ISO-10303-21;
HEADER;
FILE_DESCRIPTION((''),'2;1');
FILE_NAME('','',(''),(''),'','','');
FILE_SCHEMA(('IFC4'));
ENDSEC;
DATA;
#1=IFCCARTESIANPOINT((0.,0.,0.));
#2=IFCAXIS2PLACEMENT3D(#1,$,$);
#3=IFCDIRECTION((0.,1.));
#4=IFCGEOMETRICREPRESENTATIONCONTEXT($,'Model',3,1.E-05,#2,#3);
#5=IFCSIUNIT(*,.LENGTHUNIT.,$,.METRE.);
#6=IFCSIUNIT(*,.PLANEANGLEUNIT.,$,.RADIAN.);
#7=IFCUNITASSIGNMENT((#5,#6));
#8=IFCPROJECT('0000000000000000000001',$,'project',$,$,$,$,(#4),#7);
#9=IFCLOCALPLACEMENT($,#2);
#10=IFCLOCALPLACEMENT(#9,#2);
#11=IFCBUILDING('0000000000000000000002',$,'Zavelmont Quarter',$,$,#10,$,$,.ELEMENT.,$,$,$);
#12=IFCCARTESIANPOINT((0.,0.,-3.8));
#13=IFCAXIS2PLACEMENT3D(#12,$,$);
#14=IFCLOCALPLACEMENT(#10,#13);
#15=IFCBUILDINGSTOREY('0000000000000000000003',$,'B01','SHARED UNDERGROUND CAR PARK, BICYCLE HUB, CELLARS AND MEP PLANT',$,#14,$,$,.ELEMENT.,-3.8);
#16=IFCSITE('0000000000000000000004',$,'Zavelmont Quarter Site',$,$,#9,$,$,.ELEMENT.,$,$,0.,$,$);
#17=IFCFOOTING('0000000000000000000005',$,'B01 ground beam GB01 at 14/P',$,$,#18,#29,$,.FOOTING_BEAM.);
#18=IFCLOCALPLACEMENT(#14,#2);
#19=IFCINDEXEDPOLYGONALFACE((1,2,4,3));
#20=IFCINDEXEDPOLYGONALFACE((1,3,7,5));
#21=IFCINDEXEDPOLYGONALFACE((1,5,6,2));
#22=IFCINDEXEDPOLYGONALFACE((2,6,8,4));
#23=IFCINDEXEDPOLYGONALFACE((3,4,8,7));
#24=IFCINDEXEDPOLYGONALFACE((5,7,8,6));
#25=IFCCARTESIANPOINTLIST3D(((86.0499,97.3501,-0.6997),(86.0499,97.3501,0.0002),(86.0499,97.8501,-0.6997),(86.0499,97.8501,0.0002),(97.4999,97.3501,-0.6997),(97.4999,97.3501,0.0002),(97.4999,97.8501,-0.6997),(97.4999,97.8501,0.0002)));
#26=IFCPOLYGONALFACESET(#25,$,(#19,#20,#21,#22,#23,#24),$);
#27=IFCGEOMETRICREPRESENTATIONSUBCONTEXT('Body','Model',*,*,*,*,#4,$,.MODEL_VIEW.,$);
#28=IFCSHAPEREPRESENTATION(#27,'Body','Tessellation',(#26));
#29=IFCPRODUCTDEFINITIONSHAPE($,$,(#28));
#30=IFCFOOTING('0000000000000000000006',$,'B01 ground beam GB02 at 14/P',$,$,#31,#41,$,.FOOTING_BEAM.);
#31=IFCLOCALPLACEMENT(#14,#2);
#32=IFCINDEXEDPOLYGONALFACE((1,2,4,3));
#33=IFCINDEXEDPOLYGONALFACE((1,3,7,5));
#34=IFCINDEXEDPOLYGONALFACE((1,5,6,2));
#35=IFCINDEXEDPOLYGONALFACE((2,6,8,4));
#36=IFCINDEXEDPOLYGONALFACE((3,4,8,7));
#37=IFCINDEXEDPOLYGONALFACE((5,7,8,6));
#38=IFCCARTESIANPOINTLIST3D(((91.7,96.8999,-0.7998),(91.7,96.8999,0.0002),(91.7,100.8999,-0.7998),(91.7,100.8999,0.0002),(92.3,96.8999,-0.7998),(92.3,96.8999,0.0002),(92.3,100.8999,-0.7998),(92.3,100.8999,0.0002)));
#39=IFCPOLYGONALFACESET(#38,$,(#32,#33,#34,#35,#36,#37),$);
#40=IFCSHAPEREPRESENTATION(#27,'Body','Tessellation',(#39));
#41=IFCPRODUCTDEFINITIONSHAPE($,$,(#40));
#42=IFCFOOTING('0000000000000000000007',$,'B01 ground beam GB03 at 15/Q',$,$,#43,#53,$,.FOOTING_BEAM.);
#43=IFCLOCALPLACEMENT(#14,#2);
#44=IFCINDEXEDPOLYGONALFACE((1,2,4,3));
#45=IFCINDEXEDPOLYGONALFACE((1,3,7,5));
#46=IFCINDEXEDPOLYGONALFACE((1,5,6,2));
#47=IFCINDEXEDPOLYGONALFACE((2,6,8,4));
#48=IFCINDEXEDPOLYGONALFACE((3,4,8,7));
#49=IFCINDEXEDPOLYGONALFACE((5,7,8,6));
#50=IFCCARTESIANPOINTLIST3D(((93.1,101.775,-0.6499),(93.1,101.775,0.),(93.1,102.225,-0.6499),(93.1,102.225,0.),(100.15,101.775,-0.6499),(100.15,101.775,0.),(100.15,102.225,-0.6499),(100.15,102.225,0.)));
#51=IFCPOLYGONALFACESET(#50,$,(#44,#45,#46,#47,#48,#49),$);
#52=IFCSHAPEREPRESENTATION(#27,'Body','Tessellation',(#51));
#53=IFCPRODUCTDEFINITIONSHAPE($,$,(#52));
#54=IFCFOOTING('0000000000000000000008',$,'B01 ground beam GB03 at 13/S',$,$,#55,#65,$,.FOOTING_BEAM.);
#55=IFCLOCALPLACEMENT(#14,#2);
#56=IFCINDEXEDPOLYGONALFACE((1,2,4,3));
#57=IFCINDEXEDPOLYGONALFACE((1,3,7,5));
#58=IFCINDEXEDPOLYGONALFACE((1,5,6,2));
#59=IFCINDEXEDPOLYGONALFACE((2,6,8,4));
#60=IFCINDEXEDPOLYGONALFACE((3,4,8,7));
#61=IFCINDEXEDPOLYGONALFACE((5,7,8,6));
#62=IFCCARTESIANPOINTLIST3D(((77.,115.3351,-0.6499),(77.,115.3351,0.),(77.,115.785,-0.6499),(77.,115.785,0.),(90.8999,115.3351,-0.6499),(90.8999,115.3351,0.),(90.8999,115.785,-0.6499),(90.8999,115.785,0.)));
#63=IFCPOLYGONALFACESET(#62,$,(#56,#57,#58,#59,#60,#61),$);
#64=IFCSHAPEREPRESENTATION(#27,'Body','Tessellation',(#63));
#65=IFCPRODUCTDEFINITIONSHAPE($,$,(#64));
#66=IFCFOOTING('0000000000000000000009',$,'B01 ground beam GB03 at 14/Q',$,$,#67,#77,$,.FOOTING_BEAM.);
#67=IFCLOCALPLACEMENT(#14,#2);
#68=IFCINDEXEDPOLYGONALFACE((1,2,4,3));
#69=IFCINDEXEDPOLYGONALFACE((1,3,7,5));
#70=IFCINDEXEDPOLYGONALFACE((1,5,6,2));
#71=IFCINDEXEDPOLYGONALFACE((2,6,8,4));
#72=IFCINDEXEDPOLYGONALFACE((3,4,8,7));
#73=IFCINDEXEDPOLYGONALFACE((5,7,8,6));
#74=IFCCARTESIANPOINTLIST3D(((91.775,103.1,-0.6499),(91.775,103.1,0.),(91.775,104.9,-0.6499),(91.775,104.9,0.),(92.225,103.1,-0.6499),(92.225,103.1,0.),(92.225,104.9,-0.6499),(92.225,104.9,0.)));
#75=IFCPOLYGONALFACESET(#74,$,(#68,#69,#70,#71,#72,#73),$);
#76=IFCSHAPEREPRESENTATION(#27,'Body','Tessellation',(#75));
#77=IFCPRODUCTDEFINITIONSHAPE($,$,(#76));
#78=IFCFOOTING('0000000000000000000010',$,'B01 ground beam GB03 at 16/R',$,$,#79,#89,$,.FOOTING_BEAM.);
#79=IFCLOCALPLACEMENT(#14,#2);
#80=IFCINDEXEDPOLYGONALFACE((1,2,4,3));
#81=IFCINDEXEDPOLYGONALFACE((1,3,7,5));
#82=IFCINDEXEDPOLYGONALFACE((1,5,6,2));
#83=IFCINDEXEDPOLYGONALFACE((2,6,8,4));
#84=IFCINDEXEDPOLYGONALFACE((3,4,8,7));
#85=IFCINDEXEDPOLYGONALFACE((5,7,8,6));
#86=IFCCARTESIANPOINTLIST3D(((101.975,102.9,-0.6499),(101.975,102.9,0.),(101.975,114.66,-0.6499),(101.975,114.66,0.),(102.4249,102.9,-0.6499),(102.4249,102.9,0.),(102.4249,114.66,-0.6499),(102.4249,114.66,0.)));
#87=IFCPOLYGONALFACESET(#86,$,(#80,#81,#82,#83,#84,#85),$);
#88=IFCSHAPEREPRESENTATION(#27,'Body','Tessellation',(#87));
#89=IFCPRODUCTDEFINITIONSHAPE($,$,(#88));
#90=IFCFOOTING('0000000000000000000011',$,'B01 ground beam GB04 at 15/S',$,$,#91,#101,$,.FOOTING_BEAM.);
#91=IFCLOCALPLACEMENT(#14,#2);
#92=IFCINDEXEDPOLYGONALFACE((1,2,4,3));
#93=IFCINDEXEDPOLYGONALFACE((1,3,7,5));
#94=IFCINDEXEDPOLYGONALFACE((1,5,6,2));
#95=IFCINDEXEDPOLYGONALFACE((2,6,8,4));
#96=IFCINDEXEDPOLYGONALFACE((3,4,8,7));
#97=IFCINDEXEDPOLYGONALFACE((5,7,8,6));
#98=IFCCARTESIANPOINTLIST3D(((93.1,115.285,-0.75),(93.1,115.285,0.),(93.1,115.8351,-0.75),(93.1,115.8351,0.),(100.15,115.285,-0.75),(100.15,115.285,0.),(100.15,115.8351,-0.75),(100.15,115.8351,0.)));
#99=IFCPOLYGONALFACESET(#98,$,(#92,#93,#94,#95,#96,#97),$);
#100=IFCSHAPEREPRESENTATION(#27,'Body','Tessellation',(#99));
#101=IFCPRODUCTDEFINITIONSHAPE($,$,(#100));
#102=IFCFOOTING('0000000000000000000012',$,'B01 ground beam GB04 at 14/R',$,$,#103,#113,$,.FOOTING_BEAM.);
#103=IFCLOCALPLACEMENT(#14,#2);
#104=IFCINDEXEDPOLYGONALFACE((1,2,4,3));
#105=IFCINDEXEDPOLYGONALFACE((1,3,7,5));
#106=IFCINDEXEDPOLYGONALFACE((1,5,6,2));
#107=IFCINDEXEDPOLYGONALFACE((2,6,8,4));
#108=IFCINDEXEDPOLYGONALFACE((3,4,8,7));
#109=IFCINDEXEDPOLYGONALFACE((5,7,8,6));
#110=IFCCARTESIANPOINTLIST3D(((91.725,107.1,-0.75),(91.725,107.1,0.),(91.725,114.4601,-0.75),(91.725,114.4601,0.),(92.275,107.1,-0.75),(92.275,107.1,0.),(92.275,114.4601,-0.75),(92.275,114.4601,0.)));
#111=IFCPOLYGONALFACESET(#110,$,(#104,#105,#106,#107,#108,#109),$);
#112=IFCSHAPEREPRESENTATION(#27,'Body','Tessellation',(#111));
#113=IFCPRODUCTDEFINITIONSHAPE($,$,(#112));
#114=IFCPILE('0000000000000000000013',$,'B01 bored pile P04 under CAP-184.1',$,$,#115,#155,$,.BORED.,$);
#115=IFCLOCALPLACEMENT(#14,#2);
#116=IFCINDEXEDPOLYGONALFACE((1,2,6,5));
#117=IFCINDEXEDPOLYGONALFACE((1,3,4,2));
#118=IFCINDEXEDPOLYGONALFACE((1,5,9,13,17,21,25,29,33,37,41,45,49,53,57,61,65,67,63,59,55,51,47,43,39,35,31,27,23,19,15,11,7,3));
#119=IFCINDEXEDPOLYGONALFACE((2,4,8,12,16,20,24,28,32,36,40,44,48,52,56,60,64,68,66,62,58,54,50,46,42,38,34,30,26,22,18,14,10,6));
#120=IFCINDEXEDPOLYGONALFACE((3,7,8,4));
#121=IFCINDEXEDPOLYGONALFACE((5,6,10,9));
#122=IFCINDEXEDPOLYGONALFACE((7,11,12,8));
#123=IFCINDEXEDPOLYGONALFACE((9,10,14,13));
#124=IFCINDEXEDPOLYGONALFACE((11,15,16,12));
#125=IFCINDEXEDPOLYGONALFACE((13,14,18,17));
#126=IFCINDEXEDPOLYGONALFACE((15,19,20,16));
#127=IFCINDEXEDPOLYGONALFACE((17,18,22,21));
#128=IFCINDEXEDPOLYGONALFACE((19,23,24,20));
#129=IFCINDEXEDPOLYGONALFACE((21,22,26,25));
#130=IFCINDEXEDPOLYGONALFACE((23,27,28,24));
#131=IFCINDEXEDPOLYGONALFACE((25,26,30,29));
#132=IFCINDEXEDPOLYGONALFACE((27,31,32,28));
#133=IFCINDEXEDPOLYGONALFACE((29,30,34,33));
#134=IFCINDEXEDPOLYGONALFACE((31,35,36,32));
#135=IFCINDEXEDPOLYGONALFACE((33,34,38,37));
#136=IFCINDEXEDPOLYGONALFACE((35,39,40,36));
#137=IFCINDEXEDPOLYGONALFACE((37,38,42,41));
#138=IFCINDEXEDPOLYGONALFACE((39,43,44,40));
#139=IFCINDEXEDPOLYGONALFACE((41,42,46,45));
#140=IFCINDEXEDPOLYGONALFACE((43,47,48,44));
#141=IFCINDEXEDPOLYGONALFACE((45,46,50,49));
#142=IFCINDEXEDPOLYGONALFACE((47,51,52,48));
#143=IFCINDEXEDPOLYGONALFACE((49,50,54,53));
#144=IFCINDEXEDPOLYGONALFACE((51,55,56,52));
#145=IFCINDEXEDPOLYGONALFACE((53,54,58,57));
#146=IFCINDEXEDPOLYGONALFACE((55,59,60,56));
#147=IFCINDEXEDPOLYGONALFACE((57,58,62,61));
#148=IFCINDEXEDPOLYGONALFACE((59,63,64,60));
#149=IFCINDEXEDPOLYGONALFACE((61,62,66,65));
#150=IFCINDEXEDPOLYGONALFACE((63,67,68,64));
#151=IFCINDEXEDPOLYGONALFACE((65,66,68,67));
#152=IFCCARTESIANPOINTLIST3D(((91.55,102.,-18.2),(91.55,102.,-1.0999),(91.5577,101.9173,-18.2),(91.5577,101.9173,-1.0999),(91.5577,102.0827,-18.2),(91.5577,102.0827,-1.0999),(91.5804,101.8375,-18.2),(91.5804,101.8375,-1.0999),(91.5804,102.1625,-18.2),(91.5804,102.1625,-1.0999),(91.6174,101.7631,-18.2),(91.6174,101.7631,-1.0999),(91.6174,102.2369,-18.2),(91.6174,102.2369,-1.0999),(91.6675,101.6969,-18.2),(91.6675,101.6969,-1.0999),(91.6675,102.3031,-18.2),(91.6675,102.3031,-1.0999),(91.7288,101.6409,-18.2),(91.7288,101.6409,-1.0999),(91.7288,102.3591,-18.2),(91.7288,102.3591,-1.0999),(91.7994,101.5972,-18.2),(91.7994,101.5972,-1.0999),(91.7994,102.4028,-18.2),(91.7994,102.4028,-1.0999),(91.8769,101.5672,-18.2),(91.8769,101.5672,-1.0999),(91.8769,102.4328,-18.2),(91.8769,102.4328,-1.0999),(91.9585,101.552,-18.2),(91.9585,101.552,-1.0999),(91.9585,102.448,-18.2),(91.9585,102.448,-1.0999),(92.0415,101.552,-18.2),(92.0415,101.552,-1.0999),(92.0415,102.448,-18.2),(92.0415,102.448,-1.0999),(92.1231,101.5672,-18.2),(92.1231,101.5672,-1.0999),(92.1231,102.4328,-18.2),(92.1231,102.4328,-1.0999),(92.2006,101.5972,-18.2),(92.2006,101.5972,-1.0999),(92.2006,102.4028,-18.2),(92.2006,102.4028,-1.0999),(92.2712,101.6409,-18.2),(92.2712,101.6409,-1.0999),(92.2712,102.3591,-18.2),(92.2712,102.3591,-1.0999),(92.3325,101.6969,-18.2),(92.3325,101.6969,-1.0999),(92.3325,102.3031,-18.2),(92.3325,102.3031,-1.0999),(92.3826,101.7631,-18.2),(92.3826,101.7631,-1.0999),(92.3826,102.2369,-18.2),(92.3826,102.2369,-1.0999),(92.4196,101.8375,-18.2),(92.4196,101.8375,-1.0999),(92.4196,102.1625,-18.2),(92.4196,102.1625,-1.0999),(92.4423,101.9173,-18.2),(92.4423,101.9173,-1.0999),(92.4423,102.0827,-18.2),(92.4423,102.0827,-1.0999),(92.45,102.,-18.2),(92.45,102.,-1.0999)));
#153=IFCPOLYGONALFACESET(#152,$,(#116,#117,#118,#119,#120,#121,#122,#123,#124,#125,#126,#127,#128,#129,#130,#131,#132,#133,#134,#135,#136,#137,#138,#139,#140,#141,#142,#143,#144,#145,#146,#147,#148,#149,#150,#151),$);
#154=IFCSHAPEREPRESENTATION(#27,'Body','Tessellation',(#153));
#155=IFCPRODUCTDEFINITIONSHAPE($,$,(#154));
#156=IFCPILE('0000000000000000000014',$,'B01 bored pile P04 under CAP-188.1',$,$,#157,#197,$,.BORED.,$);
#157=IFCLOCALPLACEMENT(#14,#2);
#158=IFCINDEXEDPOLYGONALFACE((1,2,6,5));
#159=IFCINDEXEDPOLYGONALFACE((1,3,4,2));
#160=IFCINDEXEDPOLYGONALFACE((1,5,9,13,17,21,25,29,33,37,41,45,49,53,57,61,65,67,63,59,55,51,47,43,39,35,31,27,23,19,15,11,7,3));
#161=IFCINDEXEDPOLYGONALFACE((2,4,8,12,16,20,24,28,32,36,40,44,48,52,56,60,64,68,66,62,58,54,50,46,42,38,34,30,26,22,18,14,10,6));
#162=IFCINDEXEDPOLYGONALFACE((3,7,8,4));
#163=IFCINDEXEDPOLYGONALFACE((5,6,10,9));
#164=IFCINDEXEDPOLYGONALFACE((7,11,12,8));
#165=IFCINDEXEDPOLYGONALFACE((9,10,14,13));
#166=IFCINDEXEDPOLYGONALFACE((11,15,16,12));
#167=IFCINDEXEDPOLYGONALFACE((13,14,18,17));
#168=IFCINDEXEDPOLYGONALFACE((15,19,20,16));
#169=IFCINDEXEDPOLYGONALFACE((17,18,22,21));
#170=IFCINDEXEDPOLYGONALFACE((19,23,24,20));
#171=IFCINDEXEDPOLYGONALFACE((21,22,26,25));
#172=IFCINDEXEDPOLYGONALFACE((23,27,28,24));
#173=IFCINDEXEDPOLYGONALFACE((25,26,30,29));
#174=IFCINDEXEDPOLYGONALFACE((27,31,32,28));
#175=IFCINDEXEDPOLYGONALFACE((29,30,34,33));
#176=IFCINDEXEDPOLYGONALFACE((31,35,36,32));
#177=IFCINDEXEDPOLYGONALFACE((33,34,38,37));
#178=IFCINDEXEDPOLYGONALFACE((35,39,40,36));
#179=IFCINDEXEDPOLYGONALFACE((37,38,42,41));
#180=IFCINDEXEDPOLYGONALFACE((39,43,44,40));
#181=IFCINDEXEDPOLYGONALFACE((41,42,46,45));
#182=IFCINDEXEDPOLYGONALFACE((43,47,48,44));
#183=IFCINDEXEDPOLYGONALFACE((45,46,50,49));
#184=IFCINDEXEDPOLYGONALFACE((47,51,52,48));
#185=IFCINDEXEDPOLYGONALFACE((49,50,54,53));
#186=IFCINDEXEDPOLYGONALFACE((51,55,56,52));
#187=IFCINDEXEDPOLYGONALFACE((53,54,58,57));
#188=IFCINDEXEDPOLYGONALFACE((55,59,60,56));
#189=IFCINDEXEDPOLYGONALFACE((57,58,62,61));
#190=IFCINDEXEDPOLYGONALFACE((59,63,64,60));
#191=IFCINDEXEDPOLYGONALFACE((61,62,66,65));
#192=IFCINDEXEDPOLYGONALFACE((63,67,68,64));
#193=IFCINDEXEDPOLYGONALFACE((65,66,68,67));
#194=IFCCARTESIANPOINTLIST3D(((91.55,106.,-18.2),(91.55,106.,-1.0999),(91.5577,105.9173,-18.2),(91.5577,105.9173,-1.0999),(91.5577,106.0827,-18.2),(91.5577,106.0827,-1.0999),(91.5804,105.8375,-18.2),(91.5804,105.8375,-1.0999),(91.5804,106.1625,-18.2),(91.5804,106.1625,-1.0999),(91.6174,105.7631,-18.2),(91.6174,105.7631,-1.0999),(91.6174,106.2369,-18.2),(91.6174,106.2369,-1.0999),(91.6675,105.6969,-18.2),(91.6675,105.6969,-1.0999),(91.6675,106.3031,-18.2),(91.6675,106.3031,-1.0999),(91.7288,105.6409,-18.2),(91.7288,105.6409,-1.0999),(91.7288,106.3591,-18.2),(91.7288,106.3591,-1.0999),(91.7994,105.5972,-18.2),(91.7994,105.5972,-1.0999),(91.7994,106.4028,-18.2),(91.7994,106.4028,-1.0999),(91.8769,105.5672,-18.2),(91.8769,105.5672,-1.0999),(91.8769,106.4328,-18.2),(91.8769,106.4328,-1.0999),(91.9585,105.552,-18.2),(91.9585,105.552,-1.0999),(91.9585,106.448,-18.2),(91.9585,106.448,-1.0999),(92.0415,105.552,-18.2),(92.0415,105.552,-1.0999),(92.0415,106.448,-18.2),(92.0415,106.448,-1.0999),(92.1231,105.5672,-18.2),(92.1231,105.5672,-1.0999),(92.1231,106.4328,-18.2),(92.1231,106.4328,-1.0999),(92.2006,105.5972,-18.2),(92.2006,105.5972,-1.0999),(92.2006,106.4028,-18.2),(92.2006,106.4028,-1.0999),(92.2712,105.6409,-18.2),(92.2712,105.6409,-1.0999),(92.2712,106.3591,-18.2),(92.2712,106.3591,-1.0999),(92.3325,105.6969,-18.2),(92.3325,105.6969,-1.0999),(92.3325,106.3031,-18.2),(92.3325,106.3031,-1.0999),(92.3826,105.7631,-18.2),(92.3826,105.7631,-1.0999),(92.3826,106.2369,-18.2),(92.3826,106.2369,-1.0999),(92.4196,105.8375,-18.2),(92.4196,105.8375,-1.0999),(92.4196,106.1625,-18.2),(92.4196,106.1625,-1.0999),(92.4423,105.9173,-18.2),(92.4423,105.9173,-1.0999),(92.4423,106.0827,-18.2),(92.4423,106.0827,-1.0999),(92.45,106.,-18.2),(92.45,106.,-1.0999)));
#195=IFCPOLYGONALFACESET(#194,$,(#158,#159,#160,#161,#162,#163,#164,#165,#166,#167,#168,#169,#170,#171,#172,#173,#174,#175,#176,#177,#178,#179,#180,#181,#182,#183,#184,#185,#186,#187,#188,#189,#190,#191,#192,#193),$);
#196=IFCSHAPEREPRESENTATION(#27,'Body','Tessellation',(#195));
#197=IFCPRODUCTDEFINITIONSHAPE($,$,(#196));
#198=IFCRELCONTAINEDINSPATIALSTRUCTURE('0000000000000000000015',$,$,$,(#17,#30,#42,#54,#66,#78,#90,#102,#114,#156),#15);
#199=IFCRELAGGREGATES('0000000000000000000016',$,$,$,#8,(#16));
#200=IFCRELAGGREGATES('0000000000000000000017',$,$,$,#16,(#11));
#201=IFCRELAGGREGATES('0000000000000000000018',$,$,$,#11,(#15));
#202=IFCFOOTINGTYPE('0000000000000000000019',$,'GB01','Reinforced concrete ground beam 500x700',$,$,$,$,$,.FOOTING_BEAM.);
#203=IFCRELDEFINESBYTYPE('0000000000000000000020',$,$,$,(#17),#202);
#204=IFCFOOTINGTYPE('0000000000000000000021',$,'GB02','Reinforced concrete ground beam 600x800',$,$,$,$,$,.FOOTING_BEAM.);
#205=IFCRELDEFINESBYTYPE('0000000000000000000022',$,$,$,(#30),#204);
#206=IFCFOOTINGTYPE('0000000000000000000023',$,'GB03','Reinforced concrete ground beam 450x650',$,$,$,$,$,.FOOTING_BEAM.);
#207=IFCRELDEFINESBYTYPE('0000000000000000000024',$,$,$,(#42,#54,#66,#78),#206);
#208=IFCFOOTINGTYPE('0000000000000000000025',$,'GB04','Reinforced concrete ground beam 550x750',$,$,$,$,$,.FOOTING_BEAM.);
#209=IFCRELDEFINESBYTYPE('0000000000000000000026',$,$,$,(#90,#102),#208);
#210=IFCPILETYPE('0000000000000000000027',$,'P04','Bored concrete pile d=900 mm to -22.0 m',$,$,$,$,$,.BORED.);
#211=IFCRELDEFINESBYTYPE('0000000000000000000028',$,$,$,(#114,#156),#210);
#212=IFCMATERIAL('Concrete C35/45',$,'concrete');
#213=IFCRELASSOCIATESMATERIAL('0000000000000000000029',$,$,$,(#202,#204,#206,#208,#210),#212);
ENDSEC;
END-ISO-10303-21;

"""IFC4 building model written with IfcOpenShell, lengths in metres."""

from ifc_helpers import new_model, si_unit, direction, frame, origin, origin_2d, place, context, subcontext, project, spatial, rectangle, circle, extrude, material, material_profile, profile_set, type_object, element, save


model = new_model("IFC4")

# Units and contexts
model_context = context("Model", 3, precision=1e-05, world=origin(), true_north=direction((0.0, 1.0)))
body_context = subcontext(model_context, "Body", "Model", "MODEL_VIEW")
ifc_project = project(units=[si_unit("LENGTHUNIT", "METRE"), si_unit("PLANEANGLEUNIT", "RADIAN")], contexts=[model_context])

# Site, building, storey
site_placement = place(None, origin())
site = spatial("IfcSite", under=ifc_project, at=site_placement, Name="Zavelmont Quarter Site", CompositionType="ELEMENT", RefElevation=0.0)
building_placement = place(site_placement, origin())
building = spatial("IfcBuilding", under=site, at=building_placement, Name="Zavelmont Quarter", CompositionType="ELEMENT")
storey_placement = place(building_placement, frame((0.0, 0.0, -3.8)))
storey = spatial("IfcBuildingStorey", under=building, at=storey_placement, Name="B01", Description="SHARED UNDERGROUND CAR PARK, BICYCLE HUB, CELLARS AND MEP PLANT", CompositionType="ELEMENT", Elevation=-3.8)

# Footings
ifc_material_1 = material(Name="Concrete C35/45", Category="concrete")
footing_type_1 = type_object("IfcFootingType", Name="GB01", Description="Reinforced concrete ground beam 500x700", PredefinedType="FOOTING_BEAM", material=ifc_material_1)
footing_1_placement = place(storey_placement, frame((91.7749, 97.6001, -0.6997), z_axis=(0.0, 0.0, 1.0), x_axis=(1.0, 0.0, 0.0)))
element("IfcFooting", 1, at=footing_1_placement, inside=storey, type_object=footing_type_1, Name="B01 ground beam GB01 at 14/P", PredefinedType="FOOTING_BEAM", context=body_context, shape_type="SweptSolid", body=[
    extrude(rectangle(XDim=11.45, YDim=0.5, at=origin_2d()), origin(), (0.0, 0.0, 1.0), 0.7),
])
footing_type_2 = type_object("IfcFootingType", Name="GB02", Description="Reinforced concrete ground beam 600x800", PredefinedType="FOOTING_BEAM", material=ifc_material_1)
footing_2_placement = place(storey_placement, frame((92.0, 98.8999, -0.7998), z_axis=(0.0, 0.0, 1.0), x_axis=(0.0, 1.0, 0.0)))
element("IfcFooting", 2, at=footing_2_placement, inside=storey, type_object=footing_type_2, Name="B01 ground beam GB02 at 14/P", PredefinedType="FOOTING_BEAM", context=body_context, shape_type="SweptSolid", body=[
    extrude(rectangle(XDim=4.0, YDim=0.6001, at=origin_2d()), origin(), (0.0, 0.0, 1.0), 0.8),
])
footing_type_3 = type_object("IfcFootingType", Name="GB03", Description="Reinforced concrete ground beam 450x650", PredefinedType="FOOTING_BEAM", material=ifc_material_1)
footing_3_placement = place(storey_placement, frame((96.625, 102.0, -0.6499), z_axis=(0.0, 0.0, 1.0), x_axis=(1.0, 0.0, 0.0)))
element("IfcFooting", 3, at=footing_3_placement, inside=storey, type_object=footing_type_3, Name="B01 ground beam GB03 at 15/Q", PredefinedType="FOOTING_BEAM", context=body_context, shape_type="SweptSolid", body=[
    extrude(rectangle(XDim=7.05, YDim=0.45, at=origin_2d()), origin(), (0.0, 0.0, 1.0), 0.6499),
])
footing_4_placement = place(storey_placement, frame((83.95, 115.5601, -0.6499), z_axis=(0.0, 0.0, 1.0), x_axis=(1.0, 0.0, 0.0)))
element("IfcFooting", 4, at=footing_4_placement, inside=storey, type_object=footing_type_3, Name="B01 ground beam GB03 at 13/S", PredefinedType="FOOTING_BEAM", context=body_context, shape_type="SweptSolid", body=[
    extrude(rectangle(XDim=13.8999, YDim=0.45, at=origin_2d()), origin(), (0.0, 0.0, 1.0), 0.6499),
])
footing_5_placement = place(storey_placement, frame((92.0, 104.0, -0.6499), z_axis=(0.0, 0.0, 1.0), x_axis=(0.0, 1.0, 0.0)))
element("IfcFooting", 5, at=footing_5_placement, inside=storey, type_object=footing_type_3, Name="B01 ground beam GB03 at 14/Q", PredefinedType="FOOTING_BEAM", context=body_context, shape_type="SweptSolid", body=[
    extrude(rectangle(XDim=1.8, YDim=0.45, at=origin_2d()), origin(), (0.0, 0.0, 1.0), 0.6499),
])
footing_6_placement = place(storey_placement, frame((102.2, 108.78, -0.6499), z_axis=(0.0, 0.0, 1.0), x_axis=(0.0, 1.0, 0.0)))
element("IfcFooting", 6, at=footing_6_placement, inside=storey, type_object=footing_type_3, Name="B01 ground beam GB03 at 16/R", PredefinedType="FOOTING_BEAM", context=body_context, shape_type="SweptSolid", body=[
    extrude(rectangle(XDim=11.76, YDim=0.45, at=origin_2d()), origin(), (0.0, 0.0, 1.0), 0.6499),
])
footing_type_4 = type_object("IfcFootingType", Name="GB04", Description="Reinforced concrete ground beam 550x750", PredefinedType="FOOTING_BEAM", material=ifc_material_1)
footing_7_placement = place(storey_placement, frame((96.625, 115.5601, -0.75), z_axis=(0.0, 0.0, 1.0), x_axis=(1.0, 0.0, 0.0)))
element("IfcFooting", 7, at=footing_7_placement, inside=storey, type_object=footing_type_4, Name="B01 ground beam GB04 at 15/S", PredefinedType="FOOTING_BEAM", context=body_context, shape_type="SweptSolid", body=[
    extrude(rectangle(XDim=7.05, YDim=0.55, at=origin_2d()), origin(), (0.0, 0.0, 1.0), 0.75),
])
footing_8_placement = place(storey_placement, frame((92.0, 110.78, -0.75), z_axis=(0.0, 0.0, 1.0), x_axis=(0.0, 1.0, 0.0)))
element("IfcFooting", 8, at=footing_8_placement, inside=storey, type_object=footing_type_4, Name="B01 ground beam GB04 at 14/R", PredefinedType="FOOTING_BEAM", context=body_context, shape_type="SweptSolid", body=[
    extrude(rectangle(XDim=7.3601, YDim=0.55, at=origin_2d()), origin(), (0.0, 0.0, 1.0), 0.75),
])

# Piles
ifc_material_profile_1 = material_profile(ifc_material_1, circle(Radius=0.45, at=origin_2d()), Name="BP900")
ifc_profile_set_1 = profile_set([ifc_material_profile_1], Name="Concrete C35/45")
pile_type_1 = type_object("IfcPileType", Name="P04", Description="Bored concrete pile d=900 mm to -22.0 m", PredefinedType="BORED", material=ifc_profile_set_1)
for number, where, z_axis, x_axis, name in (
    (9, (92.0, 102.0, -1.0999), (0.0, 0.0, -1.0), (1.0, 0.0, 0.0), "B01 bored pile P04 under CAP-184.1"),
    (10, (92.0, 106.0, -1.0999), (0.0, 0.0, -1.0), (1.0, 0.0, 0.0), "B01 bored pile P04 under CAP-188.1"),
):
    element("IfcPile", number, at=place(storey_placement, frame(where, z_axis=z_axis, x_axis=x_axis)), inside=storey, type_object=pile_type_1, Name=name, PredefinedType="BORED", context=body_context, shape_type="SweptSolid", body=[
        extrude(circle(Radius=0.45, at=origin_2d()), origin(), (0.0, 0.0, 1.0), 17.1001),
    ])

save(model, "model.ifc")
